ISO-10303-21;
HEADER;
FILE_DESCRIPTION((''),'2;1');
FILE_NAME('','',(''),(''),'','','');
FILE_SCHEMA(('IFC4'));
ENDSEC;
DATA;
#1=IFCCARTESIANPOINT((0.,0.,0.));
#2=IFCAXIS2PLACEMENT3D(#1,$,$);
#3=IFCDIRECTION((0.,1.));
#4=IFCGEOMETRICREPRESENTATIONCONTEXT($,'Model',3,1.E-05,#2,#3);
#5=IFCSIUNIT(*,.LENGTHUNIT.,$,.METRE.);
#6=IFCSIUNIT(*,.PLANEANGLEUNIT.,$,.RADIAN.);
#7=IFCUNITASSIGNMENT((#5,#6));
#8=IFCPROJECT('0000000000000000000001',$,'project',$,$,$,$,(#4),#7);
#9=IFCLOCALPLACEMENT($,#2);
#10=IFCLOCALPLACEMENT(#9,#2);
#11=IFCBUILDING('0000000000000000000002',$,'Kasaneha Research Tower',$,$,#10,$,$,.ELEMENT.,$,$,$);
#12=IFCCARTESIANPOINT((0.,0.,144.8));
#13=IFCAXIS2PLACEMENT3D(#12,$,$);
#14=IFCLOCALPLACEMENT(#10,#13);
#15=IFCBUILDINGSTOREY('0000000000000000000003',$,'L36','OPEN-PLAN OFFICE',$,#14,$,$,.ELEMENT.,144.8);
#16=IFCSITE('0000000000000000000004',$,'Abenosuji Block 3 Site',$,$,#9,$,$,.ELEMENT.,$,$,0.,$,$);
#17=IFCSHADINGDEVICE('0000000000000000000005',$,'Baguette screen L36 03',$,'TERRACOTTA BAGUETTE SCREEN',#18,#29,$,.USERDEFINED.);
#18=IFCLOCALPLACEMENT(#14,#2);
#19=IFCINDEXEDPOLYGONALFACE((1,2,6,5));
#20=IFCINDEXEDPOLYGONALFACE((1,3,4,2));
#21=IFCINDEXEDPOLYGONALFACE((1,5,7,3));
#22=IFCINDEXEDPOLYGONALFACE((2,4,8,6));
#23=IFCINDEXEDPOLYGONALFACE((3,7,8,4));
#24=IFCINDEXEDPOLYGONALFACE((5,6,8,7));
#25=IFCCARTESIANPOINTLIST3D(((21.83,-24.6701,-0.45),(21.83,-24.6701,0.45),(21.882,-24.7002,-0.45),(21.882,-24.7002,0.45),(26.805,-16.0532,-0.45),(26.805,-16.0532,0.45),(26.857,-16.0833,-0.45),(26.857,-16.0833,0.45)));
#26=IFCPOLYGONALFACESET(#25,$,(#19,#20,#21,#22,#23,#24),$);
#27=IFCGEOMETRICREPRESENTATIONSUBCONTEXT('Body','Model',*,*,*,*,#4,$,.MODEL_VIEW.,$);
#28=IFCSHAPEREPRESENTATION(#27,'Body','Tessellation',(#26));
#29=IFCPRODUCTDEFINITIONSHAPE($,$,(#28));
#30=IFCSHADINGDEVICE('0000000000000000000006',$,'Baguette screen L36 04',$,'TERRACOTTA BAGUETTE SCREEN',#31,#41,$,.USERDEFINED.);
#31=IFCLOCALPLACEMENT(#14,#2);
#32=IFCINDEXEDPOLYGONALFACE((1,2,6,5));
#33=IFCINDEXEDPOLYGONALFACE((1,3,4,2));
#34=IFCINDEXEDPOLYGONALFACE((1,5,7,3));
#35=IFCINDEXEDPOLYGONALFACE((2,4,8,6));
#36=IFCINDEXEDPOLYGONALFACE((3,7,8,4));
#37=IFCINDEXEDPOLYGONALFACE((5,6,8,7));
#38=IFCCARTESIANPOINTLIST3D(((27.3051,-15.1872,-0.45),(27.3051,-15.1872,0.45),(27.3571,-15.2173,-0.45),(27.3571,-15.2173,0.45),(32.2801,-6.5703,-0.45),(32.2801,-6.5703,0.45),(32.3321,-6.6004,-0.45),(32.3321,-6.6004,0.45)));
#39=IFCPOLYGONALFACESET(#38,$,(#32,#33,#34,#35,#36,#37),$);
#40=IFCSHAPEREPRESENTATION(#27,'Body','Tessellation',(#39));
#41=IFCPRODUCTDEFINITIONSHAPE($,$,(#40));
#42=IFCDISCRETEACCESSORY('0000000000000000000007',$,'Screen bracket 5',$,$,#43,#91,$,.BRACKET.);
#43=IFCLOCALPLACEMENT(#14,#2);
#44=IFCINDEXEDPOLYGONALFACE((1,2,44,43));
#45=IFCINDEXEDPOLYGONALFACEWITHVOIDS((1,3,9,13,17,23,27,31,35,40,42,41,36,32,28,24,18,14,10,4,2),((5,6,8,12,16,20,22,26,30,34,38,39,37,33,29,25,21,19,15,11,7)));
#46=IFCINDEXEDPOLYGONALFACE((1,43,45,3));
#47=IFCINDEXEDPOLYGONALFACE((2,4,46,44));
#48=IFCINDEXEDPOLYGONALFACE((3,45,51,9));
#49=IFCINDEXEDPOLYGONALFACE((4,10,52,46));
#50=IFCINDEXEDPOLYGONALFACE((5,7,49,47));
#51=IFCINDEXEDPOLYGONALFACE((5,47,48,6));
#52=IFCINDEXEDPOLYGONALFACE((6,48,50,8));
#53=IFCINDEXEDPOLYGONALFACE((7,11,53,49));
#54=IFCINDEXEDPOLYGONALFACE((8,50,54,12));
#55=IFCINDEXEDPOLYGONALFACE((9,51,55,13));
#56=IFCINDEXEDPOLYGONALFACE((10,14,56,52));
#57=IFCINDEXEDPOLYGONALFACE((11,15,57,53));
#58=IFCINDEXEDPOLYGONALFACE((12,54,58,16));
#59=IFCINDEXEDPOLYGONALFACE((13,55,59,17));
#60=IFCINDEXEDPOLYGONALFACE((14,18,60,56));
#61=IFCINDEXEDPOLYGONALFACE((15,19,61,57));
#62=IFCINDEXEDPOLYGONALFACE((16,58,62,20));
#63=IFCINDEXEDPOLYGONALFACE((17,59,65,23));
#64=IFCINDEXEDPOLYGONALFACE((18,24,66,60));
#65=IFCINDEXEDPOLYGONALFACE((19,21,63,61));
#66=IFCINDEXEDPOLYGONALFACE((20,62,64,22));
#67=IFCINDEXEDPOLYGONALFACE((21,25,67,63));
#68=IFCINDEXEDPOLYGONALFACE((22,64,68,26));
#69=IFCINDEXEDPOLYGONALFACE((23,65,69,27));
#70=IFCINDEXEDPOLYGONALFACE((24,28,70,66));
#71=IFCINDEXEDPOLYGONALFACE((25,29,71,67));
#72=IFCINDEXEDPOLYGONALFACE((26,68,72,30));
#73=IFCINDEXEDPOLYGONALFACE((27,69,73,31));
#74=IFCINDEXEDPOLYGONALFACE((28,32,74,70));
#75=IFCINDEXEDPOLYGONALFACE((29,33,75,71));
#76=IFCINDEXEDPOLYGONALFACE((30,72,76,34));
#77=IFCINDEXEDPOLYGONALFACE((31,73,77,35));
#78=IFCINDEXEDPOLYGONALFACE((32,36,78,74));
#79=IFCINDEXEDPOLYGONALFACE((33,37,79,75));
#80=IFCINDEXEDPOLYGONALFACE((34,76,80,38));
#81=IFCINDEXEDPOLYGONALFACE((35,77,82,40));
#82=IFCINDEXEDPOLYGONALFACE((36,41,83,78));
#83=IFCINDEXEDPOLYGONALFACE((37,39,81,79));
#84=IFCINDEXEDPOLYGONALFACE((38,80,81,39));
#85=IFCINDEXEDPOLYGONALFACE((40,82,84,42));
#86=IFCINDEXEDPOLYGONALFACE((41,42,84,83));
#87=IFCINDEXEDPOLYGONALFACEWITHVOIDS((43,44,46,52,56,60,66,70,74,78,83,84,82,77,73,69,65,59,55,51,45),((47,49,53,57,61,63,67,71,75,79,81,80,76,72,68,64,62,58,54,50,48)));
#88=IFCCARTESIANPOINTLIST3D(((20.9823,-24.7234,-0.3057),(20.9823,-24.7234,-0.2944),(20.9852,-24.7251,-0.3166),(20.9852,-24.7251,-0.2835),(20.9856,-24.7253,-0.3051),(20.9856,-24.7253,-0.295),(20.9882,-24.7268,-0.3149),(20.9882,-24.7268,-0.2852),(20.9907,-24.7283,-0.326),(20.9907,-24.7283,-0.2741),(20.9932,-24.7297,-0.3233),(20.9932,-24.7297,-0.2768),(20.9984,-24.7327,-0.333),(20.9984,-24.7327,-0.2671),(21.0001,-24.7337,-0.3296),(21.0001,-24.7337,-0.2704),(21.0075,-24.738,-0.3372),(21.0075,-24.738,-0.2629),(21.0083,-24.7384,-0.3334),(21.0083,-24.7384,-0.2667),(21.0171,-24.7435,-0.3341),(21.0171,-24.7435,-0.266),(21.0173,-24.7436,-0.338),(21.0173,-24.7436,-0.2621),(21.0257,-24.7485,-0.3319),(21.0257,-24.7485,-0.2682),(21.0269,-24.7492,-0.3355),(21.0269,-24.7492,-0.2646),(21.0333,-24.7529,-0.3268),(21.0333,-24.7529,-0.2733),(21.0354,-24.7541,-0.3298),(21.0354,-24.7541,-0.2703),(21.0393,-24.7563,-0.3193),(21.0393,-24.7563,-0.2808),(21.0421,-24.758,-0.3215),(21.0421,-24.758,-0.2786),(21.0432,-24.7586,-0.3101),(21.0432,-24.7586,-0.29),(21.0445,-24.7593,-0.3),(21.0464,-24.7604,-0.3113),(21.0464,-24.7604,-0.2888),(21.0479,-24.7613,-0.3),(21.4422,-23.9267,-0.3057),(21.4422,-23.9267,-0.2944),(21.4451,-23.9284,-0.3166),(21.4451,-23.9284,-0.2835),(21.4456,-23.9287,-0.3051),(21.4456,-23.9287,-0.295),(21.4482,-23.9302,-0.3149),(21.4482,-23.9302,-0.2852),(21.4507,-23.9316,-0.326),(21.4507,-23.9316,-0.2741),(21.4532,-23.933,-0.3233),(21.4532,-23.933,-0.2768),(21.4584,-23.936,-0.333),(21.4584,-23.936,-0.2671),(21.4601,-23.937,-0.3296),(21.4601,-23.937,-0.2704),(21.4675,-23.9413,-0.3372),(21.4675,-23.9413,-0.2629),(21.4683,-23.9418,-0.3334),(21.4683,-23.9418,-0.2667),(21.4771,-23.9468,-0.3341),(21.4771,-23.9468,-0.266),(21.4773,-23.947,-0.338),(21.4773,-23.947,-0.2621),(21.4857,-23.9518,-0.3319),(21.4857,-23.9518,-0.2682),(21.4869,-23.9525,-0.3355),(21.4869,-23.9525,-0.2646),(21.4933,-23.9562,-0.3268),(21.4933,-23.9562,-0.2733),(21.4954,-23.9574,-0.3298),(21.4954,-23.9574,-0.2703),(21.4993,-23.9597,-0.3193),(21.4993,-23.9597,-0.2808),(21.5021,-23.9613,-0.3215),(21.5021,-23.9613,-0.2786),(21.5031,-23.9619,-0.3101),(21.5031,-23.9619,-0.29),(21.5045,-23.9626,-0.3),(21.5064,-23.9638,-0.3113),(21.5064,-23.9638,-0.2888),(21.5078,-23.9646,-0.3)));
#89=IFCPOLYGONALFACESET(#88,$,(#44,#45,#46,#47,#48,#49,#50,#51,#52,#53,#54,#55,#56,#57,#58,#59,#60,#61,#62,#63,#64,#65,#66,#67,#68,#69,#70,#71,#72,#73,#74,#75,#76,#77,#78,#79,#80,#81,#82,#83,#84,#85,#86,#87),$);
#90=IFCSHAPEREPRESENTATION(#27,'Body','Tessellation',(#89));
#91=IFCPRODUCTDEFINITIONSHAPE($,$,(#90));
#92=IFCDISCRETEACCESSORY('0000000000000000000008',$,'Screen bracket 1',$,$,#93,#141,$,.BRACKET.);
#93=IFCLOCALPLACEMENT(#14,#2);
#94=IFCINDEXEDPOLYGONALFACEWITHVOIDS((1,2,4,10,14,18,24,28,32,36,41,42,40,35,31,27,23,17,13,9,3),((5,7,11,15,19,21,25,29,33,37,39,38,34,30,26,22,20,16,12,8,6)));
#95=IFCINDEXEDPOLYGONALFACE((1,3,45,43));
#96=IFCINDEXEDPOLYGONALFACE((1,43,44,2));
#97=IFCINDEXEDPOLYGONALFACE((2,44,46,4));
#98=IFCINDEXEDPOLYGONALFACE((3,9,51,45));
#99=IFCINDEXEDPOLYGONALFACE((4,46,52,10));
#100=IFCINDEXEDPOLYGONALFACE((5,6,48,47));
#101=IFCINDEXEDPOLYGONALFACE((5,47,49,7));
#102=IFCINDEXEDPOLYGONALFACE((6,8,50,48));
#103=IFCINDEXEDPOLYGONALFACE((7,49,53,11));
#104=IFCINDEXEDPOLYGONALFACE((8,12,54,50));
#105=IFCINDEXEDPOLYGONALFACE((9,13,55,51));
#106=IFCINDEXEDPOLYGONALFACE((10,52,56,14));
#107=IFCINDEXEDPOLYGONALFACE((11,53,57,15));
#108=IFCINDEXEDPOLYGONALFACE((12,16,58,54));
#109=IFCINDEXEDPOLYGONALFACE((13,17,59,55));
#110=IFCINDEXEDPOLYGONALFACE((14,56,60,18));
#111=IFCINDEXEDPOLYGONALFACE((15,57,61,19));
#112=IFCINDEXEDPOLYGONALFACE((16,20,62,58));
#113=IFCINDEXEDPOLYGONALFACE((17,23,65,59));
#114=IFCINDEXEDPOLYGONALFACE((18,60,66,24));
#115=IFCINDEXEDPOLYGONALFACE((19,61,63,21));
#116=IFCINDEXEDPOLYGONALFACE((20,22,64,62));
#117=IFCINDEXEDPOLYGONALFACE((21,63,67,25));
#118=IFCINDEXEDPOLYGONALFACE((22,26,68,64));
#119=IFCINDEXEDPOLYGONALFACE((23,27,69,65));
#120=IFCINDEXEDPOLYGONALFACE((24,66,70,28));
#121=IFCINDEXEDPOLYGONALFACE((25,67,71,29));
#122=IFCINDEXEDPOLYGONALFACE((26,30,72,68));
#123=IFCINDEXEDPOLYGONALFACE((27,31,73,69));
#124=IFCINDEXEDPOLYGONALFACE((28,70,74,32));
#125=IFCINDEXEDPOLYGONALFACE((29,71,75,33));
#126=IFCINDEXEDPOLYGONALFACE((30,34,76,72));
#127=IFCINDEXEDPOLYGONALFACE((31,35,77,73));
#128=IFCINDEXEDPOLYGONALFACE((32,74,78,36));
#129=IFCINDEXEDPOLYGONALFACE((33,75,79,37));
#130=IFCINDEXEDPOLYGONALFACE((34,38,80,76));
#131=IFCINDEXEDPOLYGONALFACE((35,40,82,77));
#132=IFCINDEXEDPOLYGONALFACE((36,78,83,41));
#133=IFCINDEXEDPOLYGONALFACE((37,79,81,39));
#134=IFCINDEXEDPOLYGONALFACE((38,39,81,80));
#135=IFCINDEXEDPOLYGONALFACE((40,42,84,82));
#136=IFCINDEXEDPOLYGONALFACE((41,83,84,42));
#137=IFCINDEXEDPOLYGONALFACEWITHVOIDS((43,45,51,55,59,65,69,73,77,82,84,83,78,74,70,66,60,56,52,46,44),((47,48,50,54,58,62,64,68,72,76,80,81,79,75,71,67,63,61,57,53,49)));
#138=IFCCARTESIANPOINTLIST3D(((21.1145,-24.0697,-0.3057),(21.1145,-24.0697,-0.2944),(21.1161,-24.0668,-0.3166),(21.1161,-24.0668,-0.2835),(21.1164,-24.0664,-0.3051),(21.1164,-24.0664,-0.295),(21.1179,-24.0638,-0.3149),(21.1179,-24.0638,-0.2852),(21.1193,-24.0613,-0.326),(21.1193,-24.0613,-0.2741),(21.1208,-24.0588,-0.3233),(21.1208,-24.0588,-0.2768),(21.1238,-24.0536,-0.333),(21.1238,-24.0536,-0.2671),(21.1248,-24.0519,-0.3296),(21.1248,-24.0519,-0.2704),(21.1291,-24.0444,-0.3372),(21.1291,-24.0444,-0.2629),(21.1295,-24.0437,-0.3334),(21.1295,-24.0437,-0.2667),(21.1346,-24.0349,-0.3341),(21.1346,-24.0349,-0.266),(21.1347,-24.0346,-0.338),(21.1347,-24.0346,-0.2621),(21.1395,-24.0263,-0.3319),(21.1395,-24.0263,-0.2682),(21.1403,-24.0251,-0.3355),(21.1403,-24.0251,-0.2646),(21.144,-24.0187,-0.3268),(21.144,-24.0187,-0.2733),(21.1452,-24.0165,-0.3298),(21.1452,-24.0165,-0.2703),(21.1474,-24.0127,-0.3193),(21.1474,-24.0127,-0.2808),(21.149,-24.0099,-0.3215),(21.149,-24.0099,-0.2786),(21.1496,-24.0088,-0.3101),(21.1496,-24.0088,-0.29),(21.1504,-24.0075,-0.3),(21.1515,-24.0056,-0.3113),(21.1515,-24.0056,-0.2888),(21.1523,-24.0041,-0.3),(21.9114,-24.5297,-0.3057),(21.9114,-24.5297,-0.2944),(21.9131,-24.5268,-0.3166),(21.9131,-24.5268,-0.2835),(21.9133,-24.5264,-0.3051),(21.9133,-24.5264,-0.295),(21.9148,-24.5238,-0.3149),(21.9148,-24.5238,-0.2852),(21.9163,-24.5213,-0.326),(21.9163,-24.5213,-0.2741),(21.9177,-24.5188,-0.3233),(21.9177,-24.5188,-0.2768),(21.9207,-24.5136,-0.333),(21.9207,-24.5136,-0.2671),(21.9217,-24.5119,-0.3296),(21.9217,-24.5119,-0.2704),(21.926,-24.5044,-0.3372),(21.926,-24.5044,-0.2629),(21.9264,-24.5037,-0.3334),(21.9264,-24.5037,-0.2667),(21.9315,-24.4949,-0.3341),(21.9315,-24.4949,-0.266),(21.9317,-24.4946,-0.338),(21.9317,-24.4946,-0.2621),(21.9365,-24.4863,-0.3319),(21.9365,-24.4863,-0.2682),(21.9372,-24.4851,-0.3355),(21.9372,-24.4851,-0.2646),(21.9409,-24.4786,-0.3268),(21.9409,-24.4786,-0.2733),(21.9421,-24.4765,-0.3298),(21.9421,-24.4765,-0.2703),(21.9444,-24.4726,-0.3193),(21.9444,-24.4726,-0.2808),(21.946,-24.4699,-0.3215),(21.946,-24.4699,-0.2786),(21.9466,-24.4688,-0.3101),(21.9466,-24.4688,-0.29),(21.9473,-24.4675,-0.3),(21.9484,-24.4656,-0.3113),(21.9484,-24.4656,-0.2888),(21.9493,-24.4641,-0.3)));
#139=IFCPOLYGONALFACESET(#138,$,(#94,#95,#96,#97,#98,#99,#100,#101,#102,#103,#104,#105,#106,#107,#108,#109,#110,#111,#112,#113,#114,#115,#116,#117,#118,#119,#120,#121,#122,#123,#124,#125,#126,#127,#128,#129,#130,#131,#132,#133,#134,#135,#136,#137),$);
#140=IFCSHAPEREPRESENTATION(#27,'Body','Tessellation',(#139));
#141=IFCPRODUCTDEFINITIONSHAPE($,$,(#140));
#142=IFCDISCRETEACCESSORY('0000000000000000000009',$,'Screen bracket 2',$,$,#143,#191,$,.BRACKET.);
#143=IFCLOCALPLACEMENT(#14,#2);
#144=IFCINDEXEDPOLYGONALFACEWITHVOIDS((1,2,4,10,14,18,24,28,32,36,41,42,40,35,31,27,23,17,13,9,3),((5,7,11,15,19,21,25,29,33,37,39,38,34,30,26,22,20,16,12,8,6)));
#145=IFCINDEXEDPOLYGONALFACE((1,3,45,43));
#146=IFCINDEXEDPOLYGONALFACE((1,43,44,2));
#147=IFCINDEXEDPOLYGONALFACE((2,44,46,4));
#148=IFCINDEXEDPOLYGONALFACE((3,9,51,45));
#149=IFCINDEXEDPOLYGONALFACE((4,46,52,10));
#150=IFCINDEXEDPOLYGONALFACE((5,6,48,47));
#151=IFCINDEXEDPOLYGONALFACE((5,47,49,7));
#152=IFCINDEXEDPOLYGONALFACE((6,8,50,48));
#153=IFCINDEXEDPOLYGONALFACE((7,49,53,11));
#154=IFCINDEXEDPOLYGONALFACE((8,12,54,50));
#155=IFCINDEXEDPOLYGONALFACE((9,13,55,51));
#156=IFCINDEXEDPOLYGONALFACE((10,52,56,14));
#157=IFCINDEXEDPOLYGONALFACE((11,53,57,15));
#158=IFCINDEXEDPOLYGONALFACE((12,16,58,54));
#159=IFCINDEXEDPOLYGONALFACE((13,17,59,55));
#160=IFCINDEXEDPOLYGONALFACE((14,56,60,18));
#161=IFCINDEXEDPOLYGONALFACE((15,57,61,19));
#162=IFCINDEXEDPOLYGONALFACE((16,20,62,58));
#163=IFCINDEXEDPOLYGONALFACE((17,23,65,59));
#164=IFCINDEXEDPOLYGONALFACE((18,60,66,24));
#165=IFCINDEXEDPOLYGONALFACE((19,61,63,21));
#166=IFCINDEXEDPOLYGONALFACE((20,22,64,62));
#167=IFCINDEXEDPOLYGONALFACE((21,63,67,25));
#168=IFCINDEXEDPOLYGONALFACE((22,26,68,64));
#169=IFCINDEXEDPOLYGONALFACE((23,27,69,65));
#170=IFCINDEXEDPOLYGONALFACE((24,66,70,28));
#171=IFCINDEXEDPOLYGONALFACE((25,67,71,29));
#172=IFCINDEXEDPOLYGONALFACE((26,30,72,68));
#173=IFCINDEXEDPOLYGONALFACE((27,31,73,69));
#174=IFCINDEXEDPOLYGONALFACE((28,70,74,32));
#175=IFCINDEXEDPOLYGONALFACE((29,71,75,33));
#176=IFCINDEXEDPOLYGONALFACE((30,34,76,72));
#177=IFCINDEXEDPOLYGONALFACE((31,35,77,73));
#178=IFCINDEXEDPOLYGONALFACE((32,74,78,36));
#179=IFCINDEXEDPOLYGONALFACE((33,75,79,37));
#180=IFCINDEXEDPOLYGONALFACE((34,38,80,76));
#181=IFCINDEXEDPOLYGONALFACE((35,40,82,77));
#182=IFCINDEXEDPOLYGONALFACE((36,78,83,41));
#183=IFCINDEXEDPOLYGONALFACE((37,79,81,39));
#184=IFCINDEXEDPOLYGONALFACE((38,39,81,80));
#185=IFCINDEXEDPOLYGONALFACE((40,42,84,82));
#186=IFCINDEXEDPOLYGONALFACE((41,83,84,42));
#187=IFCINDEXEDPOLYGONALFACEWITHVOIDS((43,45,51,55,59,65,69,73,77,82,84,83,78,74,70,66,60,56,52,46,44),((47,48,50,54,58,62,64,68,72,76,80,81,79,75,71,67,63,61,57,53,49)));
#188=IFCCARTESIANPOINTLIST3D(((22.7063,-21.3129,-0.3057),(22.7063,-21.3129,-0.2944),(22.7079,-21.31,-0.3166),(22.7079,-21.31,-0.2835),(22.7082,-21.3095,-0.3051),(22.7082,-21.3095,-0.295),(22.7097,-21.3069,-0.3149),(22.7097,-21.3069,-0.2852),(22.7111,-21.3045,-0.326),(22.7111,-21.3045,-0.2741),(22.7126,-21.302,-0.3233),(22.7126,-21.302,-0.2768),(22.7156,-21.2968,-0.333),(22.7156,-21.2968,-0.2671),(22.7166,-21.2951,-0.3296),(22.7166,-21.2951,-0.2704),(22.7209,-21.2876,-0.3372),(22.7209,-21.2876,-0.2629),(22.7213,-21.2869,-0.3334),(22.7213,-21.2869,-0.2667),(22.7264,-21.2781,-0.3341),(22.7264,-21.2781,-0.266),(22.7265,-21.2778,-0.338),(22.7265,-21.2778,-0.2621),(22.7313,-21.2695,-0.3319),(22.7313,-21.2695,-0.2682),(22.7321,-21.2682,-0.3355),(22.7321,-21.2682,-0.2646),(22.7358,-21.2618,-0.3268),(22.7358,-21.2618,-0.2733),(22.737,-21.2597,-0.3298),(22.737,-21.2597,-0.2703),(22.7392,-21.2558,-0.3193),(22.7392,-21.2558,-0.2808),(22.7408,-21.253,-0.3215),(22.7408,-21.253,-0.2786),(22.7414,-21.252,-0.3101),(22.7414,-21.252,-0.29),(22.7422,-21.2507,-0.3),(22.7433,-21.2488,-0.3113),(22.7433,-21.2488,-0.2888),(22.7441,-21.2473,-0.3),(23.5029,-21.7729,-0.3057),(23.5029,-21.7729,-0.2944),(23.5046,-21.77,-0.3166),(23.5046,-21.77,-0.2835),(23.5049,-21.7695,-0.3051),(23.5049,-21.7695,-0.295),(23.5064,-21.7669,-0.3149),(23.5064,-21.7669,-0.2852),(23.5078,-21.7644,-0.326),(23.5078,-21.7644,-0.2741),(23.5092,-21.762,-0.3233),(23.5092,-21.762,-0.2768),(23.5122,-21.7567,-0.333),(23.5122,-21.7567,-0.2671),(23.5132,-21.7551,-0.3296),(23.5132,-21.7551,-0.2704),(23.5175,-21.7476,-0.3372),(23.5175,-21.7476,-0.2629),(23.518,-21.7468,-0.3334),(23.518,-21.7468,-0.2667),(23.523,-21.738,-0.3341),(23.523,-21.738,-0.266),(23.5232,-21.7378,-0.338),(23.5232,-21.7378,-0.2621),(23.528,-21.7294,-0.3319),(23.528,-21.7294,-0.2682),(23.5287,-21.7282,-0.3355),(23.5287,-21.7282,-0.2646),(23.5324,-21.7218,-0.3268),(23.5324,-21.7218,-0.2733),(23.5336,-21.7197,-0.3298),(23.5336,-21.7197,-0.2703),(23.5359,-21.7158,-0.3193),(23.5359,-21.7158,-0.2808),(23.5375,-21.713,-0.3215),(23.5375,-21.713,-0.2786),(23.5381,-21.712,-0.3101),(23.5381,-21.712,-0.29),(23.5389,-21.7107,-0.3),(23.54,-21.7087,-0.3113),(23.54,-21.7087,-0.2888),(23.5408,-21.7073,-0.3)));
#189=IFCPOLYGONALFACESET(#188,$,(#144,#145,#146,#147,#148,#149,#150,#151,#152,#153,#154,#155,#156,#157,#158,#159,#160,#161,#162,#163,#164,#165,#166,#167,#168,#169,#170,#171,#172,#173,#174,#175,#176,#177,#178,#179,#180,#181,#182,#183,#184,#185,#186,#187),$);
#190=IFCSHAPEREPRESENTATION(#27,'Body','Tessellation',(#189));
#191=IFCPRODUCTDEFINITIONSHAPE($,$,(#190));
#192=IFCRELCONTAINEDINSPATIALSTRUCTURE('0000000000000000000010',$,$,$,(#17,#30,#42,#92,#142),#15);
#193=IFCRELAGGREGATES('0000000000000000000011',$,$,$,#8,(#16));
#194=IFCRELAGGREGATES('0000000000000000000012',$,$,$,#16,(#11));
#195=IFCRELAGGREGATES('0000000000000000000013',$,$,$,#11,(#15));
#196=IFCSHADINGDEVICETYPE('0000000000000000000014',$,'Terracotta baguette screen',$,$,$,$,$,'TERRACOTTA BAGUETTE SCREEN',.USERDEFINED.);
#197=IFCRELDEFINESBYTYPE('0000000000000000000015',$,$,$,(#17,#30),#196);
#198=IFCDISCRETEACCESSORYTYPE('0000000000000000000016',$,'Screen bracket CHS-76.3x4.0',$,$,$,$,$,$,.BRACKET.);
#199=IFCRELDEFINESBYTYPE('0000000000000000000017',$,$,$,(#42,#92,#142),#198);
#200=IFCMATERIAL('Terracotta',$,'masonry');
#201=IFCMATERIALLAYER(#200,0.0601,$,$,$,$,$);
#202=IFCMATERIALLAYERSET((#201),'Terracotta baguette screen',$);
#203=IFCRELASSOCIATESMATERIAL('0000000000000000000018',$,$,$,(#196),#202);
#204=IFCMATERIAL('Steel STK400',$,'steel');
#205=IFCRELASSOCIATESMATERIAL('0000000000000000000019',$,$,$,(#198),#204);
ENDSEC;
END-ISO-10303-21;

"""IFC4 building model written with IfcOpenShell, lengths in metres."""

from ifc_helpers import new_model, si_unit, direction, frame, origin, origin_2d, place, context, subcontext, project, spatial, rectangle, hollow_circle, extrude, material, layer, layer_set, material_profile, profile_set, type_object, element, save


model = new_model("IFC4")

# Units and contexts
model_context = context("Model", 3, precision=1e-05, world=origin(), true_north=direction((0.0, 1.0)))
body_context = subcontext(model_context, "Body", "Model", "MODEL_VIEW")
ifc_project = project(units=[si_unit("LENGTHUNIT", "METRE"), si_unit("PLANEANGLEUNIT", "RADIAN")], contexts=[model_context])

# Site, building, storey
site_placement = place(None, origin())
site = spatial("IfcSite", under=ifc_project, at=site_placement, Name="Abenosuji Block 3 Site", CompositionType="ELEMENT", RefElevation=0.0)
building_placement = place(site_placement, origin())
building = spatial("IfcBuilding", under=site, at=building_placement, Name="Kasaneha Research Tower", CompositionType="ELEMENT")
storey_placement = place(building_placement, frame((0.0, 0.0, 144.8)))
storey = spatial("IfcBuildingStorey", under=building, at=storey_placement, Name="L36", Description="OPEN-PLAN OFFICE", CompositionType="ELEMENT", Elevation=144.8)

# Shading devices
ifc_material_1 = material(Name="Terracotta", Category="masonry")
ifc_layer_1 = layer(ifc_material_1, 0.0601)
ifc_layer_set_1 = layer_set([ifc_layer_1], Name="Terracotta baguette screen")
shading_device_type = type_object("IfcShadingDeviceType", Name="Terracotta baguette screen", ElementType="TERRACOTTA BAGUETTE SCREEN", PredefinedType="USERDEFINED", material=ifc_layer_set_1)
for number, where, z_axis, x_axis, name in (
    (1, (24.3435, -20.3767, -0.45), (0.0, 0.0, 1.0), (0.5, 0.866025, 0.0), "Baguette screen L36 03"),
    (2, (29.8186, -10.8938, -0.45), (0.0, 0.0, 1.0), (0.5, 0.866025, 0.0), "Baguette screen L36 04"),
):
    element("IfcShadingDevice", number, at=place(storey_placement, frame(where, z_axis=z_axis, x_axis=x_axis)), inside=storey, type_object=shading_device_type, Name=name, ObjectType="TERRACOTTA BAGUETTE SCREEN", PredefinedType="USERDEFINED", context=body_context, shape_type="SweptSolid", body=[
        extrude(rectangle(XDim=9.95, YDim=0.0601, at=origin_2d()), origin(), (0.0, 0.0, 1.0), 0.8999),
    ])

# Discrete accessories
ifc_material_2 = material(Name="Steel STK400", Category="steel")
ifc_material_profile_1 = material_profile(ifc_material_2, hollow_circle(Radius=0.0381, WallThickness=0.0039, at=origin_2d()), Name="CHS-76.3x4.0")
ifc_profile_set_1 = profile_set([ifc_material_profile_1], Name="Steel STK400")
discrete_accessory_type = type_object("IfcDiscreteAccessoryType", Name="Screen bracket CHS-76.3x4.0", PredefinedType="BRACKET", material=ifc_profile_set_1)
discrete_accessory_1_placement = place(storey_placement, frame((21.4749, -23.9456, -0.3), z_axis=(-0.500021, -0.866013, 0.0), x_axis=(0.866013, -0.500021, 0.0)))
element("IfcDiscreteAccessory", 3, at=discrete_accessory_1_placement, inside=storey, type_object=discrete_accessory_type, Name="Screen bracket 5", PredefinedType="BRACKET", context=body_context, shape_type="SweptSolid", body=[
    extrude(hollow_circle(Radius=0.0381, WallThickness=0.0039, at=origin_2d()), origin(), (0.0, 0.0, 1.0), 0.9199),
])
discrete_accessory_2_placement = place(storey_placement, frame((21.1333, -24.0371, -0.3), z_axis=(0.86608, -0.499906, 0.0), x_axis=(0.499906, 0.86608, 0.0)))
element("IfcDiscreteAccessory", 4, at=discrete_accessory_2_placement, inside=storey, type_object=discrete_accessory_type, Name="Screen bracket 1", PredefinedType="BRACKET", context=body_context, shape_type="SweptSolid", body=[
    extrude(hollow_circle(Radius=0.0381, WallThickness=0.0039, at=origin_2d()), origin(), (0.0, 0.0, 1.0), 0.9202),
])
discrete_accessory_3_placement = place(storey_placement, frame((22.7251, -21.2803, -0.3), z_axis=(0.866013, -0.500021, 0.0), x_axis=(0.500021, 0.866013, 0.0)))
element("IfcDiscreteAccessory", 5, at=discrete_accessory_3_placement, inside=storey, type_object=discrete_accessory_type, Name="Screen bracket 2", PredefinedType="BRACKET", context=body_context, shape_type="SweptSolid", body=[
    extrude(hollow_circle(Radius=0.0381, WallThickness=0.0039, at=origin_2d()), origin(), (0.0, 0.0, 1.0), 0.9199),
])

save(model, "model.ifc")
